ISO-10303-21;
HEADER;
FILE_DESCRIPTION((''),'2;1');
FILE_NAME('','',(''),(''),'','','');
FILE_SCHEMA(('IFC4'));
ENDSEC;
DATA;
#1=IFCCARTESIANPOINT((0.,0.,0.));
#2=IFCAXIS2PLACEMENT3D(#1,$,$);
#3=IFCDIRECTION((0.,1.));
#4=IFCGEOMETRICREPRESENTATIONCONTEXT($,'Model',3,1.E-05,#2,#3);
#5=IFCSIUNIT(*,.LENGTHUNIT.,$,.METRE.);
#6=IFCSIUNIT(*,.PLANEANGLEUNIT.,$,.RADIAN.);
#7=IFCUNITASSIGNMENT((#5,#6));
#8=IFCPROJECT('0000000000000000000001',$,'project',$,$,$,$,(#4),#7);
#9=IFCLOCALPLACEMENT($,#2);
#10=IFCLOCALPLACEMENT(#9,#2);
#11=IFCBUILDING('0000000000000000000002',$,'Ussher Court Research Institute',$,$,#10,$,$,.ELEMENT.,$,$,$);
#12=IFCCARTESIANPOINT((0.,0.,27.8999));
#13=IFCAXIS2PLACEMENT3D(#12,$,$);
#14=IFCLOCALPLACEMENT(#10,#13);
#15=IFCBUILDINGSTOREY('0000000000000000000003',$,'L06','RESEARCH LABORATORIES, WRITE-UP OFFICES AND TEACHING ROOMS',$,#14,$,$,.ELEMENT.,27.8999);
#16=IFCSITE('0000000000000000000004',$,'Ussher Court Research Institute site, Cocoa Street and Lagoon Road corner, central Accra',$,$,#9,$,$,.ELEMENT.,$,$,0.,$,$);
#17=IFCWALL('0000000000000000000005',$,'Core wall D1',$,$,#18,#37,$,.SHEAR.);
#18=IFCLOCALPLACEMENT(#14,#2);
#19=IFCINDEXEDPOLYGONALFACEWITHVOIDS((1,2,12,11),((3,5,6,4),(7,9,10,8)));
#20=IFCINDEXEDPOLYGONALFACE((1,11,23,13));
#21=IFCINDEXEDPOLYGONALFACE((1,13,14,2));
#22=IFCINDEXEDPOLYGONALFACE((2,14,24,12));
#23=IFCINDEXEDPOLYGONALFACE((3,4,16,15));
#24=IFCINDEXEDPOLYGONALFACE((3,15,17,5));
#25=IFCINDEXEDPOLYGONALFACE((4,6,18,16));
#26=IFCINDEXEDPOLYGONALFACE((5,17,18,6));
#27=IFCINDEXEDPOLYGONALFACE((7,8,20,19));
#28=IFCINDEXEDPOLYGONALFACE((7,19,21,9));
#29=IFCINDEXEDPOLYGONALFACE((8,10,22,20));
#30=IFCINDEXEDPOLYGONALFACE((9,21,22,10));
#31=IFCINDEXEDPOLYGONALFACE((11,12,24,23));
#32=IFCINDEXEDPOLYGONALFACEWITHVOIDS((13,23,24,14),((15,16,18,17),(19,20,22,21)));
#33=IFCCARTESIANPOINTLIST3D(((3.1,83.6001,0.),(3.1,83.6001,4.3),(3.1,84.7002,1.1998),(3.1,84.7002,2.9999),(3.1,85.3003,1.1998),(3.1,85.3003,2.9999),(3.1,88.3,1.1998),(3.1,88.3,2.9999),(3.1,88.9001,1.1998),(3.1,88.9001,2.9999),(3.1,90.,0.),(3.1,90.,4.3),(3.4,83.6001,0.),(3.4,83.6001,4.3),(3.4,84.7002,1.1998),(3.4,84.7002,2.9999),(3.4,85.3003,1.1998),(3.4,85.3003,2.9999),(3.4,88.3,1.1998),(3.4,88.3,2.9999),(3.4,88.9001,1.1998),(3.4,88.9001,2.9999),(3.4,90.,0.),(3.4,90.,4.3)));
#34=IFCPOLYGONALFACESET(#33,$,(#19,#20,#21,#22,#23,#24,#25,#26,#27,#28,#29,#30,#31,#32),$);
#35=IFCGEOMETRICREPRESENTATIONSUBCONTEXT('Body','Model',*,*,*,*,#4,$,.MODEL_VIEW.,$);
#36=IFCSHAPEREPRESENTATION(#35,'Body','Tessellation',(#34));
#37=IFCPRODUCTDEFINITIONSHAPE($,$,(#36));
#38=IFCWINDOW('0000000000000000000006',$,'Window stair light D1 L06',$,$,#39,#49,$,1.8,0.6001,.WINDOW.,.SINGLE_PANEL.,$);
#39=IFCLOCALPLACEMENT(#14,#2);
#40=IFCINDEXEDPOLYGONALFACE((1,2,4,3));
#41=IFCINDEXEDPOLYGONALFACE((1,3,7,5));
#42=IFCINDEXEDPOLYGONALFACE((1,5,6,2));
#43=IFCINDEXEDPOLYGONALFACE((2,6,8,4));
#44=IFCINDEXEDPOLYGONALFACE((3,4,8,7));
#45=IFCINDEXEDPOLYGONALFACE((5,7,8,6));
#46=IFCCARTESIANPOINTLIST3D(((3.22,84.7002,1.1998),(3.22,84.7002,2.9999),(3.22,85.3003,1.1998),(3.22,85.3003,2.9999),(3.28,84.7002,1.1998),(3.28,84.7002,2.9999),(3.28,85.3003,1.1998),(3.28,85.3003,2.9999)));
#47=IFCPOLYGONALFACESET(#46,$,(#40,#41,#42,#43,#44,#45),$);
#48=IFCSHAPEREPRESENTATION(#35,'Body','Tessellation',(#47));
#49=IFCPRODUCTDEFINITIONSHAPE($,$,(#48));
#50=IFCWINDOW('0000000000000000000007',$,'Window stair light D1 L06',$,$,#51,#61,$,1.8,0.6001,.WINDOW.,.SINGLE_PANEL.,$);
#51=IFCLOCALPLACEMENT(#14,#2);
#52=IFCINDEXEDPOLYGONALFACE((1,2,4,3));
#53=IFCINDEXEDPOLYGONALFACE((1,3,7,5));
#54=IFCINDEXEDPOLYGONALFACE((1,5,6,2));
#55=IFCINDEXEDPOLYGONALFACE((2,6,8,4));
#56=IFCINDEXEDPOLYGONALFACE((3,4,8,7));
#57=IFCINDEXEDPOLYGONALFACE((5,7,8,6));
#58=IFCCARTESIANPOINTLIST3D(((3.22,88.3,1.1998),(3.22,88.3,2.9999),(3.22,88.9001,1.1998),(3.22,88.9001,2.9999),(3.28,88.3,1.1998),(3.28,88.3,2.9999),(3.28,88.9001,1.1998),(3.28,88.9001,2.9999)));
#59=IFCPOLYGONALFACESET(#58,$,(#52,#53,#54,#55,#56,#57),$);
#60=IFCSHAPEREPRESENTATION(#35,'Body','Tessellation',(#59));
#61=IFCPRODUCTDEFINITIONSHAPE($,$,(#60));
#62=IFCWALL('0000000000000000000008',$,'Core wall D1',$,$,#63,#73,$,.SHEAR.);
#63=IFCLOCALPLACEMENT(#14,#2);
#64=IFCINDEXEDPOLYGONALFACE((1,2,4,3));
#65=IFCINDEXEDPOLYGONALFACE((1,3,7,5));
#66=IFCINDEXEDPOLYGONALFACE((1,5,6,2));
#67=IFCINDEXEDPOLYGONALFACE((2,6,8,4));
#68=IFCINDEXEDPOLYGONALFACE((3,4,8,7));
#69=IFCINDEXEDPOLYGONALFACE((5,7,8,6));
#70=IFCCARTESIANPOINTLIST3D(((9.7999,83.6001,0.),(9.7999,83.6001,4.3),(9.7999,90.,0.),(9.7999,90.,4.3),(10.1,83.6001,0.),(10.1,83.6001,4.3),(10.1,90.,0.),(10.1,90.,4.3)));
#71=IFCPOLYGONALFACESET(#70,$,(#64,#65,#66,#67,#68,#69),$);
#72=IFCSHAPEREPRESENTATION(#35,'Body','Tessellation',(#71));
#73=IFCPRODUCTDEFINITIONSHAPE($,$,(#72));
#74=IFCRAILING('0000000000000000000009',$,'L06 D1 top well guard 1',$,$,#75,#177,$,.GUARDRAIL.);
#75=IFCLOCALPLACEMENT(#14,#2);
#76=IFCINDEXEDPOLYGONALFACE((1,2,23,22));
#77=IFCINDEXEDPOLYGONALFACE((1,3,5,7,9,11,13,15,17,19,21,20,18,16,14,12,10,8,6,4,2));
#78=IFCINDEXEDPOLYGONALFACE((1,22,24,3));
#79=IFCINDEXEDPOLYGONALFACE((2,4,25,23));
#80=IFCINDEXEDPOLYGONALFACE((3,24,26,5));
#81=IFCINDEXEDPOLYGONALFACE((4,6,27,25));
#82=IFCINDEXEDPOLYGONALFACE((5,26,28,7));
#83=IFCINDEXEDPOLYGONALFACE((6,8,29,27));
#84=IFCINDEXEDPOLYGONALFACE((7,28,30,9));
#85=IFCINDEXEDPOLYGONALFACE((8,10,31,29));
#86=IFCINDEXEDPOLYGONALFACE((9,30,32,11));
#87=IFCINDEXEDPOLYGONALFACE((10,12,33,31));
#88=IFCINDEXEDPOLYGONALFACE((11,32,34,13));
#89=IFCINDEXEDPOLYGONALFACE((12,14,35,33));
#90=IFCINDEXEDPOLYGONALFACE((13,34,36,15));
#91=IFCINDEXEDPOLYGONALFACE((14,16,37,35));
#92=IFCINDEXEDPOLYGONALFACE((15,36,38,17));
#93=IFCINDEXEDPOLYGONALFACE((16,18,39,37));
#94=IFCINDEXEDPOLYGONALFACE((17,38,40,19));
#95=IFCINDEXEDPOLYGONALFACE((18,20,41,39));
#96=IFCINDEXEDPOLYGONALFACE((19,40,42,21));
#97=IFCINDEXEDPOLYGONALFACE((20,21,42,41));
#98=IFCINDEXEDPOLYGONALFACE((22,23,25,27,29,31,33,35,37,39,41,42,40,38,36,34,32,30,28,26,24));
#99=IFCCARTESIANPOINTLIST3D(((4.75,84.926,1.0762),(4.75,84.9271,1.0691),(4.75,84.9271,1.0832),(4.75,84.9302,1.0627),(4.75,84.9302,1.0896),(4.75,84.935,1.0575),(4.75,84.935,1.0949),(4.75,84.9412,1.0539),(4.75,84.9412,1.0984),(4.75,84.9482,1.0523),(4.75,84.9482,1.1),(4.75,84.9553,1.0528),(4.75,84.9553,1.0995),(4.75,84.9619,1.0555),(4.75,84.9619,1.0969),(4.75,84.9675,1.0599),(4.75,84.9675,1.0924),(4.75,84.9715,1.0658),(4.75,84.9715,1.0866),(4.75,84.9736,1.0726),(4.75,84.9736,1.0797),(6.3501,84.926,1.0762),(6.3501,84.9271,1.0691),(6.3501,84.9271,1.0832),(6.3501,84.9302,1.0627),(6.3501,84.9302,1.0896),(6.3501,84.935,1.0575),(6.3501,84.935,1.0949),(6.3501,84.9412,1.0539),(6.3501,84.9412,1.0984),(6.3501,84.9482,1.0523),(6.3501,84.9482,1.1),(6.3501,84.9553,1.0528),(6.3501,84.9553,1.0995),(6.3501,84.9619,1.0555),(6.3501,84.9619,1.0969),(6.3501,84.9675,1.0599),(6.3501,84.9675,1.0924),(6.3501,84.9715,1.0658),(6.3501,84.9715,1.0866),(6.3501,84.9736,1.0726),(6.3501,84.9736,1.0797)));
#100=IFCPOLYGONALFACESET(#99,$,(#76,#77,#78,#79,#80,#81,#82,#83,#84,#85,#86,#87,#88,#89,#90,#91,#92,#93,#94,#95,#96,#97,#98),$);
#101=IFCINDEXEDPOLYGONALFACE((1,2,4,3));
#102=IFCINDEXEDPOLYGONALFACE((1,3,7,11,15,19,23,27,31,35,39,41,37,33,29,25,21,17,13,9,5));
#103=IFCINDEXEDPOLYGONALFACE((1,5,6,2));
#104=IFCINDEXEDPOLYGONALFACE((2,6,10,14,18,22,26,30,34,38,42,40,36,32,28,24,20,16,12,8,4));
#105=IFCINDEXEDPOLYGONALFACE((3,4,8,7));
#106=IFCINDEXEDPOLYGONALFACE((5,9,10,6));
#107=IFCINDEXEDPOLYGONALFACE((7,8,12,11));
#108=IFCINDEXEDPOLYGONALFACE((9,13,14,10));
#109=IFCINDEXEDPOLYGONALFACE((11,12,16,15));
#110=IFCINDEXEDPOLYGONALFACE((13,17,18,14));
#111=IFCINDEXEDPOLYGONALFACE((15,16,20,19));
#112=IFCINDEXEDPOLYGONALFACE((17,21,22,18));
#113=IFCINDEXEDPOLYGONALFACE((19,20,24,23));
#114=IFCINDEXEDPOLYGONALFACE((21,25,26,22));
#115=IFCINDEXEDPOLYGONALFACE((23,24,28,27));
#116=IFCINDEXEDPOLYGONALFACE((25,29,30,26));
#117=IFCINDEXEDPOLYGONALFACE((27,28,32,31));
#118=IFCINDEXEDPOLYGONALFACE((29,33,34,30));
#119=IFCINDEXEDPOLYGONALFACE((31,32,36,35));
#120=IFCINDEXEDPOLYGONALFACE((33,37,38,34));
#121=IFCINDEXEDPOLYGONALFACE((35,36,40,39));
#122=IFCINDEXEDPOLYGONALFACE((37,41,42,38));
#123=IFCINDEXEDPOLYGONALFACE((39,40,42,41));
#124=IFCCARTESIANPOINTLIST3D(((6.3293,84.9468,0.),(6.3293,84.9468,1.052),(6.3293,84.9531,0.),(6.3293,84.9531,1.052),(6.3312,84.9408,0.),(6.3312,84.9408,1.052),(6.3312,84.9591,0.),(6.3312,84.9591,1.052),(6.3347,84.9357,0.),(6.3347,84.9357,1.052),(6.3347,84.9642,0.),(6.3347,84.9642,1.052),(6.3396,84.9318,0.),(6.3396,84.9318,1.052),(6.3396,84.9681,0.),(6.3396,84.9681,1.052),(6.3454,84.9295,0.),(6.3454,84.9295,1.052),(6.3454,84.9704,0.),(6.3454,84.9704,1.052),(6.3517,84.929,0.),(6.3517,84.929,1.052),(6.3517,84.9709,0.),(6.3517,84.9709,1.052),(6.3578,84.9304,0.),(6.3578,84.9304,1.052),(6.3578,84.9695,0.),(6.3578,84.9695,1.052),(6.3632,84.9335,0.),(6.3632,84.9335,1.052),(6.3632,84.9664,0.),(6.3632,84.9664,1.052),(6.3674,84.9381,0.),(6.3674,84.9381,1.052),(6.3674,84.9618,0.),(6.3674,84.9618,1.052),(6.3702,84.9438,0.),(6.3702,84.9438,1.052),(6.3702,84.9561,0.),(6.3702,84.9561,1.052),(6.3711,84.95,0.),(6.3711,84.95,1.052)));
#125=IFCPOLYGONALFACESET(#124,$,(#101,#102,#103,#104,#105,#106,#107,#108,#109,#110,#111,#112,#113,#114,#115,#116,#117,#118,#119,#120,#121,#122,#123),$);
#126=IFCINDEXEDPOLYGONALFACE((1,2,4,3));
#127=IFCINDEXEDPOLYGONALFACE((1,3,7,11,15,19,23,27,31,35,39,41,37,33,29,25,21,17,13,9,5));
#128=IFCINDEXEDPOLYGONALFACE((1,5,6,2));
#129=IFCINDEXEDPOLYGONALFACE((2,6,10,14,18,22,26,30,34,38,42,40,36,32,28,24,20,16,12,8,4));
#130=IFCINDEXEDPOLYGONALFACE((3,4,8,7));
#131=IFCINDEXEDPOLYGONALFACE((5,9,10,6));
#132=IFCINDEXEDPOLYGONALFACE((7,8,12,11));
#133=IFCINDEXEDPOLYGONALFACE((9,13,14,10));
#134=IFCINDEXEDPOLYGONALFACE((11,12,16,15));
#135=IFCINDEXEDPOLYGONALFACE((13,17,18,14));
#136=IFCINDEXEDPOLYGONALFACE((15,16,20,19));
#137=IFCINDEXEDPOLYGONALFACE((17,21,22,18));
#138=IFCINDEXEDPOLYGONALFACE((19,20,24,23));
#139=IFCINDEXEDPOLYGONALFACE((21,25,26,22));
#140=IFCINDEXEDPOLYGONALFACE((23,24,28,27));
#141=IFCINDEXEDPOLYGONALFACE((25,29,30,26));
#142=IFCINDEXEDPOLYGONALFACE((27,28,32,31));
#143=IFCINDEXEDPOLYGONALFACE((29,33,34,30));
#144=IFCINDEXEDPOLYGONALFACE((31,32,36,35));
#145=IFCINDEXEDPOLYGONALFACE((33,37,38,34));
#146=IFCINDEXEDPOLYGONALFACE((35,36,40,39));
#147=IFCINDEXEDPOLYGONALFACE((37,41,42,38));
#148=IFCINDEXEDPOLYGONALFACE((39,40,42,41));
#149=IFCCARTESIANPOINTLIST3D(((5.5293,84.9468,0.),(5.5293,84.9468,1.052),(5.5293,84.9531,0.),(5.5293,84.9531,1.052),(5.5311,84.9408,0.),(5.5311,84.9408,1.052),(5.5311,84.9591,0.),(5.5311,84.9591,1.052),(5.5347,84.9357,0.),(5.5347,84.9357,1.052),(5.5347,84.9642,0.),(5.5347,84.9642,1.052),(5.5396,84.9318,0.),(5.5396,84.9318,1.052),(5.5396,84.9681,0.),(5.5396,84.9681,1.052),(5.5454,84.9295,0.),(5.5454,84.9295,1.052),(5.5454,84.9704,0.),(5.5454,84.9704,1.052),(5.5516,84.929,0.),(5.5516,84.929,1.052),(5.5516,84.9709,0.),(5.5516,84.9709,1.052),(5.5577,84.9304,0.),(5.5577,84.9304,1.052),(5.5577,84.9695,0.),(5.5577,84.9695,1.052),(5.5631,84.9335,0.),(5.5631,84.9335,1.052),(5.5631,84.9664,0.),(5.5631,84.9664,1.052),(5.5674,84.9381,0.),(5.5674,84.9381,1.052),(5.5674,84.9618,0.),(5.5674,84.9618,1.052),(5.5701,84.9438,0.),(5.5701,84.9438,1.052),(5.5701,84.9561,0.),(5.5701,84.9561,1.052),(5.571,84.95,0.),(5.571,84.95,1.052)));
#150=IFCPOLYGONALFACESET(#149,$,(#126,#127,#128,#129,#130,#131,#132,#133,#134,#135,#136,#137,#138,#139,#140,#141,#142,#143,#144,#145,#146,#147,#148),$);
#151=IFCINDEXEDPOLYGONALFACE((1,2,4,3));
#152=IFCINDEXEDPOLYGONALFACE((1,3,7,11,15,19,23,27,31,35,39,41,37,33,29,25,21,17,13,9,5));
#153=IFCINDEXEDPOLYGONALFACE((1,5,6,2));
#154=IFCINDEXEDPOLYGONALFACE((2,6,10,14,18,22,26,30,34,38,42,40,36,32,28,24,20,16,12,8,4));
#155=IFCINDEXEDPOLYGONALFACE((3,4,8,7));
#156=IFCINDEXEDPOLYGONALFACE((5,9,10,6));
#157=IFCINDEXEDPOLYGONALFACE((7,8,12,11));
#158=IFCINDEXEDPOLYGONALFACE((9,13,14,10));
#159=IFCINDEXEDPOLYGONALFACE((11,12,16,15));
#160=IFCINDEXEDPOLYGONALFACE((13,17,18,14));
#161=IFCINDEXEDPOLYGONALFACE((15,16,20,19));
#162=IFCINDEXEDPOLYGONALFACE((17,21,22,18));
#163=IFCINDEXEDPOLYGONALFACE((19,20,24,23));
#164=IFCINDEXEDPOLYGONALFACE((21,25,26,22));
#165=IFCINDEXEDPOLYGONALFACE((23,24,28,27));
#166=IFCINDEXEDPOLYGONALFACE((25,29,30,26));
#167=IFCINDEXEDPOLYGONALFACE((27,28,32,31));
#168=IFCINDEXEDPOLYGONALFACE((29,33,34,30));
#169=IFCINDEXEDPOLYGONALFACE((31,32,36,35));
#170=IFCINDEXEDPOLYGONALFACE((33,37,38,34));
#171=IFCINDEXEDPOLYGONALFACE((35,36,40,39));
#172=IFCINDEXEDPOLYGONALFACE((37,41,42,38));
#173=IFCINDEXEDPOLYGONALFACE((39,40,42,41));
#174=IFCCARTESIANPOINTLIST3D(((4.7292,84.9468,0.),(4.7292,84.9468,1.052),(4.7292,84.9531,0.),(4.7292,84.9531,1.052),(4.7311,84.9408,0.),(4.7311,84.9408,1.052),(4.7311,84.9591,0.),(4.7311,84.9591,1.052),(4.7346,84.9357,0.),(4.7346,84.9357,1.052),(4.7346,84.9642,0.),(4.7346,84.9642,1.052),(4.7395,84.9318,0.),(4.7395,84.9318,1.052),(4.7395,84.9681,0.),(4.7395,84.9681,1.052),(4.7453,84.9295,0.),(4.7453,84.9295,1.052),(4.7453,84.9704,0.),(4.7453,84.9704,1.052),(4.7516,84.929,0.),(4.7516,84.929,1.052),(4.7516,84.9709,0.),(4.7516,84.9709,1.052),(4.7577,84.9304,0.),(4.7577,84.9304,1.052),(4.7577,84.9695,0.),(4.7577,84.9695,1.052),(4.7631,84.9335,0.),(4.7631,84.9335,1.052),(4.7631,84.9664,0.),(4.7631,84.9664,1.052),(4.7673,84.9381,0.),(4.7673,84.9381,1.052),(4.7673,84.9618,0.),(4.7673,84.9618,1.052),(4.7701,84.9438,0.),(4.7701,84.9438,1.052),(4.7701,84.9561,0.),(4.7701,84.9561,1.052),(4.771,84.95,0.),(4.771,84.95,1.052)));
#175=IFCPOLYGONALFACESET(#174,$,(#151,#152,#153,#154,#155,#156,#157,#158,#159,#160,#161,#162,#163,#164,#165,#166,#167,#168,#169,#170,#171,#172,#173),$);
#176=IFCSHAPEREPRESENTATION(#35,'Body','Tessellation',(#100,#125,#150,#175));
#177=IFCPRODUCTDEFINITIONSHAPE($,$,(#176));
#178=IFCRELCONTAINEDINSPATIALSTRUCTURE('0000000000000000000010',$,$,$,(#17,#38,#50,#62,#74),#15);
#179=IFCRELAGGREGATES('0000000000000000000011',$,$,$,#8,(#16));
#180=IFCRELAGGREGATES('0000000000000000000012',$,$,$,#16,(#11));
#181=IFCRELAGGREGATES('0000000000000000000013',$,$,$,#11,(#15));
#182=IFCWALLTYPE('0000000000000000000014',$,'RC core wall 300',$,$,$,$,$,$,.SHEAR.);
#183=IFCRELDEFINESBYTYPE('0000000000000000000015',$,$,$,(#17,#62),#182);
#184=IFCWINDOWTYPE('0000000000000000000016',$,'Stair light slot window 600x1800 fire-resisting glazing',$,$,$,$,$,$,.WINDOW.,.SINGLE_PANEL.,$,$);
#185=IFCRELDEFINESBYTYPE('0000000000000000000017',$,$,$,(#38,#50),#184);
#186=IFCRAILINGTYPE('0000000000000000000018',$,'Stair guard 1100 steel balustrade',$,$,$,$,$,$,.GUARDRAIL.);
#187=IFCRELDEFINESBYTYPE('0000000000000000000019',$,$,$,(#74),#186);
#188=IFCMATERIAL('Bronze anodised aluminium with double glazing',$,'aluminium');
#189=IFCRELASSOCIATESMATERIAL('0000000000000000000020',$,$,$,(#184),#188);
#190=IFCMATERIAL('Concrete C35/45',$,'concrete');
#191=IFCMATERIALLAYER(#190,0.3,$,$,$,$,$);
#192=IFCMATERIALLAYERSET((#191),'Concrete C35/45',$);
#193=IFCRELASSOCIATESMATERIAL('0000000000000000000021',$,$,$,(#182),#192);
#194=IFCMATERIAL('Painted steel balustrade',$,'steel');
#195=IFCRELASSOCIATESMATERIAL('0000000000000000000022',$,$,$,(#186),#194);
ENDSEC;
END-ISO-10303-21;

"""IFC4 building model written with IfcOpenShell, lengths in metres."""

from ifc_helpers import new_model, si_unit, direction, frame, frame_2d, origin, origin_2d, place, context, subcontext, project, spatial, rectangle, circle, extrude, material, layer, layer_set, type_object, element, fill, save


model = new_model("IFC4")

# Units and contexts
model_context = context("Model", 3, precision=1e-05, world=origin(), true_north=direction((0.0, 1.0)))
body_context = subcontext(model_context, "Body", "Model", "MODEL_VIEW")
ifc_project = project(units=[si_unit("LENGTHUNIT", "METRE"), si_unit("PLANEANGLEUNIT", "RADIAN")], contexts=[model_context])

# Site, building, storey
site_placement = place(None, origin())
site = spatial("IfcSite", under=ifc_project, at=site_placement, Name="Ussher Court Research Institute site, Cocoa Street and Lagoon Road corner, central Accra", CompositionType="ELEMENT", RefElevation=0.0)
building_placement = place(site_placement, origin())
building = spatial("IfcBuilding", under=site, at=building_placement, Name="Ussher Court Research Institute", CompositionType="ELEMENT")
storey_placement = place(building_placement, frame((0.0, 0.0, 27.8999)))
storey = spatial("IfcBuildingStorey", under=building, at=storey_placement, Name="L06", Description="RESEARCH LABORATORIES, WRITE-UP OFFICES AND TEACHING ROOMS", CompositionType="ELEMENT", Elevation=27.8999)

# Shared definitions
ifc_material_1 = material(Name="Bronze anodised aluminium with double glazing", Category="aluminium")
window_type = type_object("IfcWindowType", Name="Stair light slot window 600x1800 fire-resisting glazing", PartitioningType="SINGLE_PANEL", PredefinedType="WINDOW", material=ifc_material_1)

# Shared definitions
ifc_material_2 = material(Name="Concrete C35/45", Category="concrete")
ifc_layer_1 = layer(ifc_material_2, 0.3)
ifc_layer_set_1 = layer_set([ifc_layer_1], Name="Concrete C35/45")
wall_type_1 = type_object("IfcWallType", Name="RC core wall 300", PredefinedType="SHEAR", material=ifc_layer_set_1)

# Wall, openings, windows
wall_1_placement = place(storey_placement, frame((3.25, 83.6001, 0.0), z_axis=(0.0, 0.0, 1.0), x_axis=(0.0, 1.0, 0.0)))
wall_1 = element("IfcWall", 1, at=wall_1_placement, inside=storey, type_object=wall_type_1, Name="Core wall D1", PredefinedType="SHEAR", context=body_context, shape_type="SweptSolid", body=[
    extrude(rectangle(XDim=6.3999, YDim=0.3, at=frame_2d((3.2, 0.0))), origin(), (0.0, 0.0, 1.0), 4.3),
])
opening_1_placement = place(wall_1_placement, frame((1.1001, 0.0, 1.2)))
opening_1 = element("IfcOpeningElement", 2, at=opening_1_placement, cuts=wall_1, PredefinedType="OPENING", context=body_context, shape_type="SweptSolid", body=[
    extrude(rectangle(XDim=0.6001, YDim=1.8, at=frame_2d((0.3, 0.8999))), frame((0.0, 0.1602, 0.0), z_axis=(0.0, -1.0, 0.0), x_axis=(1.0, 0.0, 0.0)), (0.0, 0.0, 1.0), 0.3201),
])
opening_2_placement = place(wall_1_placement, frame((4.7, 0.0, 1.2)))
opening_2 = element("IfcOpeningElement", 3, at=opening_2_placement, cuts=wall_1, PredefinedType="OPENING", context=body_context, shape_type="SweptSolid", body=[
    extrude(rectangle(XDim=0.6001, YDim=1.8, at=frame_2d((0.3, 0.8999))), frame((0.0, 0.1602, 0.0), z_axis=(0.0, -1.0, 0.0), x_axis=(1.0, 0.0, 0.0)), (0.0, 0.0, 1.0), 0.3201),
])
window_1_placement = place(opening_1_placement, origin())
window_1 = element("IfcWindow", 4, at=window_1_placement, inside=storey, type_object=window_type, Name="Window stair light D1 L06", OverallHeight=1.8, OverallWidth=0.6001, PartitioningType="SINGLE_PANEL", PredefinedType="WINDOW", context=body_context, shape_type="SweptSolid", body=[
    extrude(rectangle(XDim=0.6001, YDim=1.8, at=frame_2d((0.3, 0.8999))), frame((0.0, 0.03, 0.0), z_axis=(0.0, -1.0, 0.0), x_axis=(1.0, 0.0, 0.0)), (0.0, 0.0, 1.0), 0.0601),
])
fill(opening_1, window_1)
window_2_placement = place(opening_2_placement, origin())
window_2 = element("IfcWindow", 5, at=window_2_placement, inside=storey, type_object=window_type, Name="Window stair light D1 L06", OverallHeight=1.8, OverallWidth=0.6001, PartitioningType="SINGLE_PANEL", PredefinedType="WINDOW", context=body_context, shape_type="SweptSolid", body=[
    extrude(rectangle(XDim=0.6001, YDim=1.8, at=frame_2d((0.3, 0.8999))), frame((0.0, 0.03, 0.0), z_axis=(0.0, -1.0, 0.0), x_axis=(1.0, 0.0, 0.0)), (0.0, 0.0, 1.0), 0.0601),
])
fill(opening_2, window_2)

# Wall
wall_2_placement = place(storey_placement, frame((9.95, 83.6001, 0.0), z_axis=(0.0, 0.0, 1.0), x_axis=(0.0, 1.0, 0.0)))
element("IfcWall", 6, at=wall_2_placement, inside=storey, type_object=wall_type_1, Name="Core wall D1", PredefinedType="SHEAR", context=body_context, shape_type="SweptSolid", body=[
    extrude(rectangle(XDim=6.3999, YDim=0.3, at=frame_2d((3.2, 0.0))), origin(), (0.0, 0.0, 1.0), 4.3),
])

# Railing
ifc_material_3 = material(Name="Painted steel balustrade", Category="steel")
railing_type = type_object("IfcRailingType", Name="Stair guard 1100 steel balustrade", PredefinedType="GUARDRAIL", material=ifc_material_3)
railing_placement = place(storey_placement, frame((6.3501, 84.95, 0.0)))
element("IfcRailing", 7, at=railing_placement, inside=storey, type_object=railing_type, Name="L06 D1 top well guard 1", PredefinedType="GUARDRAIL", context=body_context, shape_type="SweptSolid", body=[
    extrude(circle(Radius=0.0239, at=origin_2d()), frame((0.0, 0.0, 1.0762), z_axis=(-1.0, 0.0, 0.0), x_axis=(0.0, -1.0, 0.0)), (0.0, 0.0, 1.0), 1.6001),
    extrude(circle(Radius=0.021, at=origin_2d()), origin(), (0.0, 0.0, 1.0), 1.052),
    extrude(circle(Radius=0.021, at=origin_2d()), frame((-0.8, 0.0, 0.0)), (0.0, 0.0, 1.0), 1.052),
    extrude(circle(Radius=0.021, at=origin_2d()), frame((-1.6001, 0.0, 0.0)), (0.0, 0.0, 1.0), 1.052),
])

save(model, "model.ifc")
